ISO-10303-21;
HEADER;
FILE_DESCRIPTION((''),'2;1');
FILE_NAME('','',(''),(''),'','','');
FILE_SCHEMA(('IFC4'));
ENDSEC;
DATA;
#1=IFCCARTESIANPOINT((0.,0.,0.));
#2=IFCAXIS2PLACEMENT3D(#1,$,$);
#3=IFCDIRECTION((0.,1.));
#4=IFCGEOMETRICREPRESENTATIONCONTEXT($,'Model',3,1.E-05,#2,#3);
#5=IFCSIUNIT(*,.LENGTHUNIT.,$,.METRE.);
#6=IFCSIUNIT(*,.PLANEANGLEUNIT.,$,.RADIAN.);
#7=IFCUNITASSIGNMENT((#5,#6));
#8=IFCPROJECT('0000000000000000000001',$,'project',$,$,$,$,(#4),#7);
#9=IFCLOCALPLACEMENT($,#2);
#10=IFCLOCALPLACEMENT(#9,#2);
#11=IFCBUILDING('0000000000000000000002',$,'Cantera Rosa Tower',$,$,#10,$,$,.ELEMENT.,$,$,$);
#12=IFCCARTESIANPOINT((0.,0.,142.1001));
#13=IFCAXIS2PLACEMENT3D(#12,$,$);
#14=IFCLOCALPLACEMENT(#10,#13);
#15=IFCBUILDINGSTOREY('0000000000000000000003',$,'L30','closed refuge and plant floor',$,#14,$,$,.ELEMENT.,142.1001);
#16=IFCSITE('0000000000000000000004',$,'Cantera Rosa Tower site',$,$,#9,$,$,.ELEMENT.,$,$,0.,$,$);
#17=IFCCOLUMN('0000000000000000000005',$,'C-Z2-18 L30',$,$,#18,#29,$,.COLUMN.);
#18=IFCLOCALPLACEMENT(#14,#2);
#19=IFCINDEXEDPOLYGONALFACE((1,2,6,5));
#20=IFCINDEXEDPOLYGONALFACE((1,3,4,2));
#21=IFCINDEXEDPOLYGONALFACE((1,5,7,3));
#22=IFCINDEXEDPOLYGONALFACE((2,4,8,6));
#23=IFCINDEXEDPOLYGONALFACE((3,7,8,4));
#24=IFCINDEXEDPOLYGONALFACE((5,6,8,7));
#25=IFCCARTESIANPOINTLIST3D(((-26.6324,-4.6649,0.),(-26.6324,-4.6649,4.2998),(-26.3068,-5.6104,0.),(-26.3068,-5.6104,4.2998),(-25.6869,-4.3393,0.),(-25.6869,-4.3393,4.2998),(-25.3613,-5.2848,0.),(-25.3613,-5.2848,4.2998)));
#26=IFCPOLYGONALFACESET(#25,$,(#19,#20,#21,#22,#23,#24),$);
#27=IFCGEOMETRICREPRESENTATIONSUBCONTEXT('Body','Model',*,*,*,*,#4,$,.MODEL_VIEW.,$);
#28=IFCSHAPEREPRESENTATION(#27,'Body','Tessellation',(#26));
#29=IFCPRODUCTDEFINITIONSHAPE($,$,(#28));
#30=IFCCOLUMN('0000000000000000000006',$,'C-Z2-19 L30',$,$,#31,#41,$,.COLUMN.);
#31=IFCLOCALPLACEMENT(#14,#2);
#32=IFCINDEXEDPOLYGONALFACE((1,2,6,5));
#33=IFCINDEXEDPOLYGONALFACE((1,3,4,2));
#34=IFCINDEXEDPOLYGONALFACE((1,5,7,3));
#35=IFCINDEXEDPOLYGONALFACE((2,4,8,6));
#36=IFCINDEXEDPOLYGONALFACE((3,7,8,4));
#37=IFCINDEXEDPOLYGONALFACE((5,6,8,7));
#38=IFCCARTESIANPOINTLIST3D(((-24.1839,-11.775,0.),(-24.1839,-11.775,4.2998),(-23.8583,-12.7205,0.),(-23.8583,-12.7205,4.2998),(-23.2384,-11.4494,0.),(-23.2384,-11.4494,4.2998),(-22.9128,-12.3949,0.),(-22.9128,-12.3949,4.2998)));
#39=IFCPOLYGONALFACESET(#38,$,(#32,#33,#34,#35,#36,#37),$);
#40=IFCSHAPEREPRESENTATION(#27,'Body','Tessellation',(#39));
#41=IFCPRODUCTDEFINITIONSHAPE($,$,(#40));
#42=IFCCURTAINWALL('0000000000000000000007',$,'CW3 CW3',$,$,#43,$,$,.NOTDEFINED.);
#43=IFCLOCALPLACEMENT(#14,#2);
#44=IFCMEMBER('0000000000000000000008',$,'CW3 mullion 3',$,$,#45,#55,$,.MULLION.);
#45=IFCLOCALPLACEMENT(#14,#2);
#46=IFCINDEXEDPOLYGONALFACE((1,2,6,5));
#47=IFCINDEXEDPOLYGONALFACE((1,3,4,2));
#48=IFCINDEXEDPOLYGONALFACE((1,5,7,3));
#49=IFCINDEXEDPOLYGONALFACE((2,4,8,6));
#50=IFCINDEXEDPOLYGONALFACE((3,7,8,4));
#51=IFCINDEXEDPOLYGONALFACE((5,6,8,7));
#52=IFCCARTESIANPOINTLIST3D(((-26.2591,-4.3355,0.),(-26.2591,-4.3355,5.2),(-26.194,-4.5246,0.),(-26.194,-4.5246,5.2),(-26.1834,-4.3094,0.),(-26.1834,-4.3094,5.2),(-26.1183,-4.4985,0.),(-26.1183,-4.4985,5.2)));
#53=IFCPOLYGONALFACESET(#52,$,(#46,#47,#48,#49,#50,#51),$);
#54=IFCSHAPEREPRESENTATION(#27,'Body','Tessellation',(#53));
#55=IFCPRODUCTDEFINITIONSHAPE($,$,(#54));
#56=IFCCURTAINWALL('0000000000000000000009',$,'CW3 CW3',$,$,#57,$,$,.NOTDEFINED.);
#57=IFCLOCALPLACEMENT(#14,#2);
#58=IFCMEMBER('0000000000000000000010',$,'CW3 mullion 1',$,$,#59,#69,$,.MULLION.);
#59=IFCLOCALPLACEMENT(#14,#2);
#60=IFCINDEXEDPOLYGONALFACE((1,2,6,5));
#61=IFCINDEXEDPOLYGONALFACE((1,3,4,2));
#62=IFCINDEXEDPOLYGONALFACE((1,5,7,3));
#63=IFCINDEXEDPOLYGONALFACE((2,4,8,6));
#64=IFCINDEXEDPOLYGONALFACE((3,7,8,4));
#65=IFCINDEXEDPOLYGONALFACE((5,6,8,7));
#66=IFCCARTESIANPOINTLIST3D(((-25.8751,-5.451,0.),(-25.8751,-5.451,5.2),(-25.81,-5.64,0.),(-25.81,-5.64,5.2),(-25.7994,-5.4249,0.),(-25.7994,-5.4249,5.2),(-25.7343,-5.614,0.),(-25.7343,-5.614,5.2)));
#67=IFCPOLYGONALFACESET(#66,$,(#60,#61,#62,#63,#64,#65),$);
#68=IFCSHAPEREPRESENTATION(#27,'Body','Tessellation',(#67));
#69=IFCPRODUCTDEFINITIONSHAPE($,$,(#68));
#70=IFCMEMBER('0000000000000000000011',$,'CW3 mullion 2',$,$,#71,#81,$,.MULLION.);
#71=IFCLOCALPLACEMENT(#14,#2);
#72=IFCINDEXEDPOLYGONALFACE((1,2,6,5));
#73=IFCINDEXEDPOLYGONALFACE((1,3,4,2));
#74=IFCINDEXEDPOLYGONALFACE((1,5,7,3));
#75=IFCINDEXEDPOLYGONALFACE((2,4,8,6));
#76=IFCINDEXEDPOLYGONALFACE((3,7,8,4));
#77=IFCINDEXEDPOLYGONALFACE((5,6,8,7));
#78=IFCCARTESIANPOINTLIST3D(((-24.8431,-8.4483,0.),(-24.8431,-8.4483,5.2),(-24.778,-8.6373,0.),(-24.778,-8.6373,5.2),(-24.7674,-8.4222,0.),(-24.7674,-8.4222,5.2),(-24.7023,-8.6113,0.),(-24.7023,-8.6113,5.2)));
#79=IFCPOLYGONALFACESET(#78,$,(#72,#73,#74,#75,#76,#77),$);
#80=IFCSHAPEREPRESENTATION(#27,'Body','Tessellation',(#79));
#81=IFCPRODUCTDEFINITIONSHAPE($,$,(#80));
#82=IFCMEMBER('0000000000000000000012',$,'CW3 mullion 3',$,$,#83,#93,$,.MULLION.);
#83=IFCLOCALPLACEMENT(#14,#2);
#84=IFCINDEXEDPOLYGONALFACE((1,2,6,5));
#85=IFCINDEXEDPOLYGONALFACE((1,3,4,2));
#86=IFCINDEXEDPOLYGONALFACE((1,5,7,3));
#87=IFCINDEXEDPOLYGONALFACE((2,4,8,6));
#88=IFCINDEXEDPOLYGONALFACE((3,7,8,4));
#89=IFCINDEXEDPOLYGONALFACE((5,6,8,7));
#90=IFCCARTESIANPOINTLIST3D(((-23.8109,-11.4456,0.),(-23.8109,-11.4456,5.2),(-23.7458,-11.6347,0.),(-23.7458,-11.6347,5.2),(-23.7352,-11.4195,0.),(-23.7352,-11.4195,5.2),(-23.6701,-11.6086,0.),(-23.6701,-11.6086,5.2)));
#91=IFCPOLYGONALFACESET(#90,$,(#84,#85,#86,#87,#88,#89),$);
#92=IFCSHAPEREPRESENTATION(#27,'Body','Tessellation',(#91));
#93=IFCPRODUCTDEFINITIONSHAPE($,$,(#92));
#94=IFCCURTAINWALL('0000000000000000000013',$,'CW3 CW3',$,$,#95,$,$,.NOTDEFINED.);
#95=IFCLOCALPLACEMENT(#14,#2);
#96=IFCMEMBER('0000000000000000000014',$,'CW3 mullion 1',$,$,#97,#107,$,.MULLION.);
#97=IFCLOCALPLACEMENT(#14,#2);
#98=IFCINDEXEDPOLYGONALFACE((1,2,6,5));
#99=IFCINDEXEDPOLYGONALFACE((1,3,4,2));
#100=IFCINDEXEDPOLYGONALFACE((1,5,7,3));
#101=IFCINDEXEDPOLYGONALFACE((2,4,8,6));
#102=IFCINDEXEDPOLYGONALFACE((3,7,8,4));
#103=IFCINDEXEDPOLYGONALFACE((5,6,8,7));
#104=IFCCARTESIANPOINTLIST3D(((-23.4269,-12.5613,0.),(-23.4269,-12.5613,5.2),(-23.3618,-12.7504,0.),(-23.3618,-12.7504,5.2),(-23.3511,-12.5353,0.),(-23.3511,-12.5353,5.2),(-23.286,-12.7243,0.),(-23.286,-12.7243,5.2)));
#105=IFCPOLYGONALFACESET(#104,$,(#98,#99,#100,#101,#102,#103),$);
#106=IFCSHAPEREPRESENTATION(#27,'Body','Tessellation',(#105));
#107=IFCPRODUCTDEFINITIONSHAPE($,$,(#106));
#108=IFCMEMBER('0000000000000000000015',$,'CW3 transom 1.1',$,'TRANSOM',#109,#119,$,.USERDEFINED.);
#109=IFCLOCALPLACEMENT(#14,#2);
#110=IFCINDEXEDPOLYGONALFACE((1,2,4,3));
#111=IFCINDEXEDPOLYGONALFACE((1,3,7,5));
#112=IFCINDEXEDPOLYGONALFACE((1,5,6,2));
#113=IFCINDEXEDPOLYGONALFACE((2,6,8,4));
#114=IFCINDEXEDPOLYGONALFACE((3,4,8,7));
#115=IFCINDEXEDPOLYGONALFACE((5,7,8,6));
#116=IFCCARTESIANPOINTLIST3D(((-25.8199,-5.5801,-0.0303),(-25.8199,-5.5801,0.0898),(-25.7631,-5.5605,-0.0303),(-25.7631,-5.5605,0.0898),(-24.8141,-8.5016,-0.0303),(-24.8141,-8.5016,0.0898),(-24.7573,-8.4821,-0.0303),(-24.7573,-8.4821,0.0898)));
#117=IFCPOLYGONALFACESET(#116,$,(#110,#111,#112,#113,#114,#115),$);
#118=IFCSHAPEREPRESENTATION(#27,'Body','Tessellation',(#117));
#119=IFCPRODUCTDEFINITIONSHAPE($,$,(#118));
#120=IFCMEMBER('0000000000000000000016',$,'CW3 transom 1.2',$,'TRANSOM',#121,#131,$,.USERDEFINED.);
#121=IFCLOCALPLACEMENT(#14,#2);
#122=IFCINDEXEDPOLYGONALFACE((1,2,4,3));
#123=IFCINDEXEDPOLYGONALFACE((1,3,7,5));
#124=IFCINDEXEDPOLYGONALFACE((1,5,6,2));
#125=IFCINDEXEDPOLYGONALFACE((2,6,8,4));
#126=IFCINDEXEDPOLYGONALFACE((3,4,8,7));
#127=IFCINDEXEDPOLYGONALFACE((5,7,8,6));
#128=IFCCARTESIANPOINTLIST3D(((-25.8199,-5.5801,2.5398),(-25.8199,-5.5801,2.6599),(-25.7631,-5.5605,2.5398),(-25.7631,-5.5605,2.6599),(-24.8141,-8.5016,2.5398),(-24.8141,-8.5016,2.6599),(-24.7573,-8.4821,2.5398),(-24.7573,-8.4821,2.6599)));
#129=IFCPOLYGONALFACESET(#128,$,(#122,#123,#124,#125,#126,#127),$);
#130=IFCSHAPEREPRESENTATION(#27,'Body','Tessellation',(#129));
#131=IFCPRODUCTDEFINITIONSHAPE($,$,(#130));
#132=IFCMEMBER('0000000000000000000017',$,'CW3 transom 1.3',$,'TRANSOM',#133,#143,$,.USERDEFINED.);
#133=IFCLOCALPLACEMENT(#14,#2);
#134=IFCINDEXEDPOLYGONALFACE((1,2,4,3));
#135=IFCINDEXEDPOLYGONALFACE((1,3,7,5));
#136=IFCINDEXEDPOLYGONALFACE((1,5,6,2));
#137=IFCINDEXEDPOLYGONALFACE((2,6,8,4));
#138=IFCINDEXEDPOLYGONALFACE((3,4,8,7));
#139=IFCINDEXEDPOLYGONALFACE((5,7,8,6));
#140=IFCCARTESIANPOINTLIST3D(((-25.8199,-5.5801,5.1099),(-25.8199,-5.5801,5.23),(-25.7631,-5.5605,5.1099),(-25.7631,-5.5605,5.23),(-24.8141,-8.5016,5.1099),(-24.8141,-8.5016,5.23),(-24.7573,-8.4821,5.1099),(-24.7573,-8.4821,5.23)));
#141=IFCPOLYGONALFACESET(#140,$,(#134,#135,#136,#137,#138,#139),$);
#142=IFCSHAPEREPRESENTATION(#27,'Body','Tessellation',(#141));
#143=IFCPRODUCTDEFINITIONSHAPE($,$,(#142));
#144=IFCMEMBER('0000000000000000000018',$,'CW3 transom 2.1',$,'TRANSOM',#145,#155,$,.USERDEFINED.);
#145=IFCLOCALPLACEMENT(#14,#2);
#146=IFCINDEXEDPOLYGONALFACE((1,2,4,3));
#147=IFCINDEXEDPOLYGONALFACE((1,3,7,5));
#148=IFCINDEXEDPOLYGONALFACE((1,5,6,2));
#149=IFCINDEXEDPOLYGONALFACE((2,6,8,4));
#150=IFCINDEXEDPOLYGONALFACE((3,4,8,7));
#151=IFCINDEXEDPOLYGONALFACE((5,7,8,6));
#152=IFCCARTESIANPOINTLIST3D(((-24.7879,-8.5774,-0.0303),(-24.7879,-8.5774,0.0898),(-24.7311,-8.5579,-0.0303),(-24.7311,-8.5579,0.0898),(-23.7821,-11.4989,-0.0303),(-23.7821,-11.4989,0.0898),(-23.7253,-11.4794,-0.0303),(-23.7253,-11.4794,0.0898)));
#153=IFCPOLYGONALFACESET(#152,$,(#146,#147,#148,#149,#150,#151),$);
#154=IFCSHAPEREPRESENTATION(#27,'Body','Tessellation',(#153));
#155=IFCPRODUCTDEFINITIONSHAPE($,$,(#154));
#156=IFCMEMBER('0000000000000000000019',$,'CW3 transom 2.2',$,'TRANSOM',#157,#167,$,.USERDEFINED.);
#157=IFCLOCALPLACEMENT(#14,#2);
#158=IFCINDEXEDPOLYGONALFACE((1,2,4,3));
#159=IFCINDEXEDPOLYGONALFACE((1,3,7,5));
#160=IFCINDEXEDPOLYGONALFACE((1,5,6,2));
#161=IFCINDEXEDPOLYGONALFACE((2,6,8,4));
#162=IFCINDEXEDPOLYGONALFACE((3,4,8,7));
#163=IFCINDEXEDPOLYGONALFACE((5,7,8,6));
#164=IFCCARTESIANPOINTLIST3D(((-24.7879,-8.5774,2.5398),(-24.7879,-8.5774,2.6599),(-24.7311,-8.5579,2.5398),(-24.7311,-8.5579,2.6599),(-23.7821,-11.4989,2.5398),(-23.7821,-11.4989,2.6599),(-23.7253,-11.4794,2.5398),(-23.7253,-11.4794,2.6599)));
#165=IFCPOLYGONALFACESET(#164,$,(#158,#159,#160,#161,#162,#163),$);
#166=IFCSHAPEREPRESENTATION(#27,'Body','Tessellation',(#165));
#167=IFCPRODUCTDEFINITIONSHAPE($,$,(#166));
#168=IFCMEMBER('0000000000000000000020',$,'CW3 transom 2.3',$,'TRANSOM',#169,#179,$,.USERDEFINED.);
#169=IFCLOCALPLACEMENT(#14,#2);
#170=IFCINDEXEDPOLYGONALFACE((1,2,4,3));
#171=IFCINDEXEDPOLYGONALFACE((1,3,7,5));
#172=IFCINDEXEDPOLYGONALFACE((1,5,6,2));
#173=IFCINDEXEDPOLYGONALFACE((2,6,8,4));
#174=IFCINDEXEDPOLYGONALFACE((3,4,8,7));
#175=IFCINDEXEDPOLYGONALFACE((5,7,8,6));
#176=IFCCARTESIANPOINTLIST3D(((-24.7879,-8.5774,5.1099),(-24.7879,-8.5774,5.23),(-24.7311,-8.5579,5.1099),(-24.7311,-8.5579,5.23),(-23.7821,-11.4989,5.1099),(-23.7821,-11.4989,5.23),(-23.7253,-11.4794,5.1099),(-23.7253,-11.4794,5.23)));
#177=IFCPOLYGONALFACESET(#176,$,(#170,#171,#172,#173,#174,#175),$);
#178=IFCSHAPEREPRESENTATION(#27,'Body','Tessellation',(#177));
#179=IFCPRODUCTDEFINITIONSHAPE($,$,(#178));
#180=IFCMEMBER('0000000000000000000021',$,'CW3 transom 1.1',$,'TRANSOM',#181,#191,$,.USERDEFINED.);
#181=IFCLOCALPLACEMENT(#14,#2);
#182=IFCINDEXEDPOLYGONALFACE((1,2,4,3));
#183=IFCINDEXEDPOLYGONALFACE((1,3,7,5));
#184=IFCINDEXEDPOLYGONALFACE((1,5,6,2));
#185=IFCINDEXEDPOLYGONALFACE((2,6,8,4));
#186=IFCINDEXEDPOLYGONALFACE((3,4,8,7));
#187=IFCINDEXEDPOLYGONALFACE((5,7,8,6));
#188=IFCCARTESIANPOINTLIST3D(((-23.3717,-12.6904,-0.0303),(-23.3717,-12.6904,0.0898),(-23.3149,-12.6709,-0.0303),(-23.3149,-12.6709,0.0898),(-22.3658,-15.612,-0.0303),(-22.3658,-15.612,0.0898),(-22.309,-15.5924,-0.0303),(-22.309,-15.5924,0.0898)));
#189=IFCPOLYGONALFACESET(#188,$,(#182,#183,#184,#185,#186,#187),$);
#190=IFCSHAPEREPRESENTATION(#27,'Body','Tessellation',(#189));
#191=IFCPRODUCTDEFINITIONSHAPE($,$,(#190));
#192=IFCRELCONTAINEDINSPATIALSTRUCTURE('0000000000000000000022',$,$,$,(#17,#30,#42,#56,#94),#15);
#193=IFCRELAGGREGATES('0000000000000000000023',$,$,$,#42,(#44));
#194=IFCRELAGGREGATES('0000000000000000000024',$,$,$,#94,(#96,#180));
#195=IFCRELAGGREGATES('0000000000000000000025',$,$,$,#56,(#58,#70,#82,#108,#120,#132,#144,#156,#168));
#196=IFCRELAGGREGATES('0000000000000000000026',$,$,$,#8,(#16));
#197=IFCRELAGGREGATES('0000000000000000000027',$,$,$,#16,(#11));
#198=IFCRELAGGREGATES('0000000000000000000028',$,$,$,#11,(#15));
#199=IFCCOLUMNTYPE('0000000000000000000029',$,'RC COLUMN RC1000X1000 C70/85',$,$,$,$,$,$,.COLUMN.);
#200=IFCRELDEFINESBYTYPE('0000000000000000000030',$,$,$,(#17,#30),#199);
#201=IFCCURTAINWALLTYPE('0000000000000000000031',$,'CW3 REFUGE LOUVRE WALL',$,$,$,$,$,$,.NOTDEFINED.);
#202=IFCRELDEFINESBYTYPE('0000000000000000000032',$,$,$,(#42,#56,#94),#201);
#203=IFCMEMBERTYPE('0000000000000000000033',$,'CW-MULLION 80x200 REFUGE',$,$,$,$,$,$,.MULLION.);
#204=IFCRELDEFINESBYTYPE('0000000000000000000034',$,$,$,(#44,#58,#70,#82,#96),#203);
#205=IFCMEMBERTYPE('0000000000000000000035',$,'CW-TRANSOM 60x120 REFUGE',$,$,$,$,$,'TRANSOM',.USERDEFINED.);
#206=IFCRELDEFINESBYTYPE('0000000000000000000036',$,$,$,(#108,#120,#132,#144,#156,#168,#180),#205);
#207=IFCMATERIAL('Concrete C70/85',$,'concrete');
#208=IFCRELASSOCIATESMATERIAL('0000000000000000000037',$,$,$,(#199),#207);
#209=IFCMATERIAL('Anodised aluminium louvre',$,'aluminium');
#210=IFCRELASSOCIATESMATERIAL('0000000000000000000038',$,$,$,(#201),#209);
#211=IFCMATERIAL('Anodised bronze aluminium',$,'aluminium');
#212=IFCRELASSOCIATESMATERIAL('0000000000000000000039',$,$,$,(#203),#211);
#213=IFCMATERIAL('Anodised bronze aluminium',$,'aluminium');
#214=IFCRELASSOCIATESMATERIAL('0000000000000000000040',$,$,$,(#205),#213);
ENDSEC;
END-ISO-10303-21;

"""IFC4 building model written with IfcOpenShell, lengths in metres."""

from ifc_helpers import new_model, si_unit, direction, frame, origin, origin_2d, place, context, subcontext, project, spatial, rectangle, extrude, material, material_profile, profile_set, type_object, element, aggregate, save


model = new_model("IFC4")

# Units and contexts
model_context = context("Model", 3, precision=1e-05, world=origin(), true_north=direction((0.0, 1.0)))
body_context = subcontext(model_context, "Body", "Model", "MODEL_VIEW")
ifc_project = project(units=[si_unit("LENGTHUNIT", "METRE"), si_unit("PLANEANGLEUNIT", "RADIAN")], contexts=[model_context])

# Site, building, storey
site_placement = place(None, origin())
site = spatial("IfcSite", under=ifc_project, at=site_placement, Name="Cantera Rosa Tower site", CompositionType="ELEMENT", RefElevation=0.0)
building_placement = place(site_placement, origin())
building = spatial("IfcBuilding", under=site, at=building_placement, Name="Cantera Rosa Tower", CompositionType="ELEMENT")
storey_placement = place(building_placement, frame((0.0, 0.0, 142.1001)))
storey = spatial("IfcBuildingStorey", under=building, at=storey_placement, Name="L30", Description="closed refuge and plant floor", CompositionType="ELEMENT", Elevation=142.1001)

# Columns
ifc_material_1 = material(Name="Concrete C70/85", Category="concrete")
ifc_material_profile_1 = material_profile(ifc_material_1, rectangle(XDim=1.0, YDim=1.0, at=origin_2d()), Name="RC COLUMN RC1000X1000 C70/85")
ifc_profile_set_1 = profile_set([ifc_material_profile_1], Name="Concrete C70/85")
column_type = type_object("IfcColumnType", Name="RC COLUMN RC1000X1000 C70/85", PredefinedType="COLUMN", material=ifc_profile_set_1)
for number, where, z_axis, x_axis, name in (
    (1, (-25.9968, -4.9749, 0.0), (0.0, 0.0, 1.0), (0.945519, 0.325568, 0.0), "C-Z2-18 L30"),
    (2, (-23.5483, -12.085, 0.0), (0.0, 0.0, 1.0), (0.945519, 0.325568, 0.0), "C-Z2-19 L30"),
):
    element("IfcColumn", number, at=place(storey_placement, frame(where, z_axis=z_axis, x_axis=x_axis)), inside=storey, type_object=column_type, Name=name, PredefinedType="COLUMN", context=body_context, shape_type="SweptSolid", body=[
        extrude(rectangle(XDim=1.0, YDim=1.0, at=origin_2d()), origin(), (0.0, 0.0, 1.0), 4.2998),
    ])

# Curtain wall, member
ifc_material_2 = material(Name="Anodised aluminium louvre", Category="aluminium")
curtain_wall_type = type_object("IfcCurtainWallType", Name="CW3 REFUGE LOUVRE WALL", PredefinedType="NOTDEFINED", material=ifc_material_2)
curtain_wall_1_placement = place(storey_placement, origin())
curtain_wall_1 = element("IfcCurtainWall", 3, at=curtain_wall_1_placement, inside=storey, type_object=curtain_wall_type, Name="CW3 CW3", PredefinedType="NOTDEFINED")
ifc_material_3 = material(Name="Anodised bronze aluminium", Category="aluminium")
ifc_material_profile_2 = material_profile(ifc_material_3, rectangle(XDim=0.0801, YDim=0.2, at=origin_2d()), Name="CW-MULLION 80x200 REFUGE")
ifc_profile_set_2 = profile_set([ifc_material_profile_2], Name="Anodised bronze aluminium")
member_type_1 = type_object("IfcMemberType", Name="CW-MULLION 80x200 REFUGE", PredefinedType="MULLION", material=ifc_profile_set_2)
member_1_placement = place(storey_placement, frame((-26.1887, -4.417, 0.0), z_axis=(0.0, 0.0, 1.0), x_axis=(0.945519, 0.325568, 0.0)))
member_1 = element("IfcMember", 4, at=member_1_placement, type_object=member_type_1, Name="CW3 mullion 3", PredefinedType="MULLION", context=body_context, shape_type="SweptSolid", body=[
    extrude(rectangle(XDim=0.0801, YDim=0.2, at=origin_2d()), origin(), (0.0, 0.0, 1.0), 5.2),
])
aggregate(curtain_wall_1, [member_1])

# Curtain wall, members
curtain_wall_2_placement = place(storey_placement, origin())
curtain_wall_2 = element("IfcCurtainWall", 5, at=curtain_wall_2_placement, inside=storey, type_object=curtain_wall_type, Name="CW3 CW3", PredefinedType="NOTDEFINED")
member_2_placement = place(storey_placement, frame((-25.8047, -5.5325, 0.0), z_axis=(0.0, 0.0, 1.0), x_axis=(0.945519, 0.325568, 0.0)))
member_2 = element("IfcMember", 6, at=member_2_placement, type_object=member_type_1, Name="CW3 mullion 1", PredefinedType="MULLION", context=body_context, shape_type="SweptSolid", body=[
    extrude(rectangle(XDim=0.0801, YDim=0.2, at=origin_2d()), origin(), (0.0, 0.0, 1.0), 5.2),
])
member_3_placement = place(storey_placement, frame((-24.7727, -8.5298, 0.0), z_axis=(0.0, 0.0, 1.0), x_axis=(0.945519, 0.325568, 0.0)))
member_3 = element("IfcMember", 7, at=member_3_placement, type_object=member_type_1, Name="CW3 mullion 2", PredefinedType="MULLION", context=body_context, shape_type="SweptSolid", body=[
    extrude(rectangle(XDim=0.0801, YDim=0.2, at=origin_2d()), origin(), (0.0, 0.0, 1.0), 5.2),
])
member_4_placement = place(storey_placement, frame((-23.7405, -11.5271, 0.0), z_axis=(0.0, 0.0, 1.0), x_axis=(0.945519, 0.325568, 0.0)))
member_4 = element("IfcMember", 8, at=member_4_placement, type_object=member_type_1, Name="CW3 mullion 3", PredefinedType="MULLION", context=body_context, shape_type="SweptSolid", body=[
    extrude(rectangle(XDim=0.0801, YDim=0.2, at=origin_2d()), origin(), (0.0, 0.0, 1.0), 5.2),
])

# Curtain wall, member
curtain_wall_3_placement = place(storey_placement, origin())
curtain_wall_3 = element("IfcCurtainWall", 9, at=curtain_wall_3_placement, inside=storey, type_object=curtain_wall_type, Name="CW3 CW3", PredefinedType="NOTDEFINED")
member_5_placement = place(storey_placement, frame((-23.3564, -12.6428, 0.0), z_axis=(0.0, 0.0, 1.0), x_axis=(0.945519, 0.325568, 0.0)))
member_5 = element("IfcMember", 10, at=member_5_placement, type_object=member_type_1, Name="CW3 mullion 1", PredefinedType="MULLION", context=body_context, shape_type="SweptSolid", body=[
    extrude(rectangle(XDim=0.0801, YDim=0.2, at=origin_2d()), origin(), (0.0, 0.0, 1.0), 5.2),
])

# Members
ifc_material_4 = material(Name="Anodised bronze aluminium", Category="aluminium")
ifc_material_profile_3 = material_profile(ifc_material_4, rectangle(XDim=0.0601, YDim=0.1201, at=origin_2d()), Name="CW-TRANSOM 60x120 REFUGE")
ifc_profile_set_3 = profile_set([ifc_material_profile_3], Name="Anodised bronze aluminium")
member_type_2 = type_object("IfcMemberType", Name="CW-TRANSOM 60x120 REFUGE", ElementType="TRANSOM", PredefinedType="USERDEFINED", material=ifc_profile_set_3)
member_6_placement = place(storey_placement, frame((-25.7915, -5.5703, 0.0298), z_axis=(0.325528, -0.945532, 0.0), x_axis=(0.945532, 0.325528, 0.0)))
member_6 = element("IfcMember", 11, at=member_6_placement, type_object=member_type_2, Name="CW3 transom 1.1", ObjectType="TRANSOM", PredefinedType="USERDEFINED", context=body_context, shape_type="SweptSolid", body=[
    extrude(rectangle(XDim=0.0601, YDim=0.1201, at=origin_2d()), origin(), (0.0, 0.0, 1.0), 3.0898),
])
member_7_placement = place(storey_placement, frame((-25.7915, -5.5703, 2.5999), z_axis=(0.325528, -0.945532, 0.0), x_axis=(0.945532, 0.325528, 0.0)))
member_7 = element("IfcMember", 12, at=member_7_placement, type_object=member_type_2, Name="CW3 transom 1.2", ObjectType="TRANSOM", PredefinedType="USERDEFINED", context=body_context, shape_type="SweptSolid", body=[
    extrude(rectangle(XDim=0.0601, YDim=0.1201, at=origin_2d()), origin(), (0.0, 0.0, 1.0), 3.0898),
])
member_8_placement = place(storey_placement, frame((-25.7915, -5.5703, 5.1699), z_axis=(0.325528, -0.945532, 0.0), x_axis=(0.945532, 0.325528, 0.0)))
member_8 = element("IfcMember", 13, at=member_8_placement, type_object=member_type_2, Name="CW3 transom 1.3", ObjectType="TRANSOM", PredefinedType="USERDEFINED", context=body_context, shape_type="SweptSolid", body=[
    extrude(rectangle(XDim=0.0601, YDim=0.1201, at=origin_2d()), origin(), (0.0, 0.0, 1.0), 3.0898),
])
member_9_placement = place(storey_placement, frame((-24.7595, -8.5676, 0.0298), z_axis=(0.325528, -0.945532, 0.0), x_axis=(0.945532, 0.325528, 0.0)))
member_9 = element("IfcMember", 14, at=member_9_placement, type_object=member_type_2, Name="CW3 transom 2.1", ObjectType="TRANSOM", PredefinedType="USERDEFINED", context=body_context, shape_type="SweptSolid", body=[
    extrude(rectangle(XDim=0.0601, YDim=0.1201, at=origin_2d()), origin(), (0.0, 0.0, 1.0), 3.0898),
])
member_10_placement = place(storey_placement, frame((-24.7595, -8.5676, 2.5999), z_axis=(0.325528, -0.945532, 0.0), x_axis=(0.945532, 0.325528, 0.0)))
member_10 = element("IfcMember", 15, at=member_10_placement, type_object=member_type_2, Name="CW3 transom 2.2", ObjectType="TRANSOM", PredefinedType="USERDEFINED", context=body_context, shape_type="SweptSolid", body=[
    extrude(rectangle(XDim=0.0601, YDim=0.1201, at=origin_2d()), origin(), (0.0, 0.0, 1.0), 3.0898),
])
member_11_placement = place(storey_placement, frame((-24.7595, -8.5676, 5.1699), z_axis=(0.325528, -0.945532, 0.0), x_axis=(0.945532, 0.325528, 0.0)))
member_11 = element("IfcMember", 16, at=member_11_placement, type_object=member_type_2, Name="CW3 transom 2.3", ObjectType="TRANSOM", PredefinedType="USERDEFINED", context=body_context, shape_type="SweptSolid", body=[
    extrude(rectangle(XDim=0.0601, YDim=0.1201, at=origin_2d()), origin(), (0.0, 0.0, 1.0), 3.0898),
])
member_12_placement = place(storey_placement, frame((-23.3433, -12.6807, 0.0298), z_axis=(0.325528, -0.945532, 0.0), x_axis=(0.945532, 0.325528, 0.0)))
member_12 = element("IfcMember", 17, at=member_12_placement, type_object=member_type_2, Name="CW3 transom 1.1", ObjectType="TRANSOM", PredefinedType="USERDEFINED", context=body_context, shape_type="SweptSolid", body=[
    extrude(rectangle(XDim=0.0601, YDim=0.1201, at=origin_2d()), origin(), (0.0, 0.0, 1.0), 3.0898),
])
aggregate(curtain_wall_3, [member_5, member_12])

aggregate(curtain_wall_2, [member_2, member_3, member_4, member_6, member_7, member_8, member_9, member_10, member_11])

save(model, "model.ifc")
